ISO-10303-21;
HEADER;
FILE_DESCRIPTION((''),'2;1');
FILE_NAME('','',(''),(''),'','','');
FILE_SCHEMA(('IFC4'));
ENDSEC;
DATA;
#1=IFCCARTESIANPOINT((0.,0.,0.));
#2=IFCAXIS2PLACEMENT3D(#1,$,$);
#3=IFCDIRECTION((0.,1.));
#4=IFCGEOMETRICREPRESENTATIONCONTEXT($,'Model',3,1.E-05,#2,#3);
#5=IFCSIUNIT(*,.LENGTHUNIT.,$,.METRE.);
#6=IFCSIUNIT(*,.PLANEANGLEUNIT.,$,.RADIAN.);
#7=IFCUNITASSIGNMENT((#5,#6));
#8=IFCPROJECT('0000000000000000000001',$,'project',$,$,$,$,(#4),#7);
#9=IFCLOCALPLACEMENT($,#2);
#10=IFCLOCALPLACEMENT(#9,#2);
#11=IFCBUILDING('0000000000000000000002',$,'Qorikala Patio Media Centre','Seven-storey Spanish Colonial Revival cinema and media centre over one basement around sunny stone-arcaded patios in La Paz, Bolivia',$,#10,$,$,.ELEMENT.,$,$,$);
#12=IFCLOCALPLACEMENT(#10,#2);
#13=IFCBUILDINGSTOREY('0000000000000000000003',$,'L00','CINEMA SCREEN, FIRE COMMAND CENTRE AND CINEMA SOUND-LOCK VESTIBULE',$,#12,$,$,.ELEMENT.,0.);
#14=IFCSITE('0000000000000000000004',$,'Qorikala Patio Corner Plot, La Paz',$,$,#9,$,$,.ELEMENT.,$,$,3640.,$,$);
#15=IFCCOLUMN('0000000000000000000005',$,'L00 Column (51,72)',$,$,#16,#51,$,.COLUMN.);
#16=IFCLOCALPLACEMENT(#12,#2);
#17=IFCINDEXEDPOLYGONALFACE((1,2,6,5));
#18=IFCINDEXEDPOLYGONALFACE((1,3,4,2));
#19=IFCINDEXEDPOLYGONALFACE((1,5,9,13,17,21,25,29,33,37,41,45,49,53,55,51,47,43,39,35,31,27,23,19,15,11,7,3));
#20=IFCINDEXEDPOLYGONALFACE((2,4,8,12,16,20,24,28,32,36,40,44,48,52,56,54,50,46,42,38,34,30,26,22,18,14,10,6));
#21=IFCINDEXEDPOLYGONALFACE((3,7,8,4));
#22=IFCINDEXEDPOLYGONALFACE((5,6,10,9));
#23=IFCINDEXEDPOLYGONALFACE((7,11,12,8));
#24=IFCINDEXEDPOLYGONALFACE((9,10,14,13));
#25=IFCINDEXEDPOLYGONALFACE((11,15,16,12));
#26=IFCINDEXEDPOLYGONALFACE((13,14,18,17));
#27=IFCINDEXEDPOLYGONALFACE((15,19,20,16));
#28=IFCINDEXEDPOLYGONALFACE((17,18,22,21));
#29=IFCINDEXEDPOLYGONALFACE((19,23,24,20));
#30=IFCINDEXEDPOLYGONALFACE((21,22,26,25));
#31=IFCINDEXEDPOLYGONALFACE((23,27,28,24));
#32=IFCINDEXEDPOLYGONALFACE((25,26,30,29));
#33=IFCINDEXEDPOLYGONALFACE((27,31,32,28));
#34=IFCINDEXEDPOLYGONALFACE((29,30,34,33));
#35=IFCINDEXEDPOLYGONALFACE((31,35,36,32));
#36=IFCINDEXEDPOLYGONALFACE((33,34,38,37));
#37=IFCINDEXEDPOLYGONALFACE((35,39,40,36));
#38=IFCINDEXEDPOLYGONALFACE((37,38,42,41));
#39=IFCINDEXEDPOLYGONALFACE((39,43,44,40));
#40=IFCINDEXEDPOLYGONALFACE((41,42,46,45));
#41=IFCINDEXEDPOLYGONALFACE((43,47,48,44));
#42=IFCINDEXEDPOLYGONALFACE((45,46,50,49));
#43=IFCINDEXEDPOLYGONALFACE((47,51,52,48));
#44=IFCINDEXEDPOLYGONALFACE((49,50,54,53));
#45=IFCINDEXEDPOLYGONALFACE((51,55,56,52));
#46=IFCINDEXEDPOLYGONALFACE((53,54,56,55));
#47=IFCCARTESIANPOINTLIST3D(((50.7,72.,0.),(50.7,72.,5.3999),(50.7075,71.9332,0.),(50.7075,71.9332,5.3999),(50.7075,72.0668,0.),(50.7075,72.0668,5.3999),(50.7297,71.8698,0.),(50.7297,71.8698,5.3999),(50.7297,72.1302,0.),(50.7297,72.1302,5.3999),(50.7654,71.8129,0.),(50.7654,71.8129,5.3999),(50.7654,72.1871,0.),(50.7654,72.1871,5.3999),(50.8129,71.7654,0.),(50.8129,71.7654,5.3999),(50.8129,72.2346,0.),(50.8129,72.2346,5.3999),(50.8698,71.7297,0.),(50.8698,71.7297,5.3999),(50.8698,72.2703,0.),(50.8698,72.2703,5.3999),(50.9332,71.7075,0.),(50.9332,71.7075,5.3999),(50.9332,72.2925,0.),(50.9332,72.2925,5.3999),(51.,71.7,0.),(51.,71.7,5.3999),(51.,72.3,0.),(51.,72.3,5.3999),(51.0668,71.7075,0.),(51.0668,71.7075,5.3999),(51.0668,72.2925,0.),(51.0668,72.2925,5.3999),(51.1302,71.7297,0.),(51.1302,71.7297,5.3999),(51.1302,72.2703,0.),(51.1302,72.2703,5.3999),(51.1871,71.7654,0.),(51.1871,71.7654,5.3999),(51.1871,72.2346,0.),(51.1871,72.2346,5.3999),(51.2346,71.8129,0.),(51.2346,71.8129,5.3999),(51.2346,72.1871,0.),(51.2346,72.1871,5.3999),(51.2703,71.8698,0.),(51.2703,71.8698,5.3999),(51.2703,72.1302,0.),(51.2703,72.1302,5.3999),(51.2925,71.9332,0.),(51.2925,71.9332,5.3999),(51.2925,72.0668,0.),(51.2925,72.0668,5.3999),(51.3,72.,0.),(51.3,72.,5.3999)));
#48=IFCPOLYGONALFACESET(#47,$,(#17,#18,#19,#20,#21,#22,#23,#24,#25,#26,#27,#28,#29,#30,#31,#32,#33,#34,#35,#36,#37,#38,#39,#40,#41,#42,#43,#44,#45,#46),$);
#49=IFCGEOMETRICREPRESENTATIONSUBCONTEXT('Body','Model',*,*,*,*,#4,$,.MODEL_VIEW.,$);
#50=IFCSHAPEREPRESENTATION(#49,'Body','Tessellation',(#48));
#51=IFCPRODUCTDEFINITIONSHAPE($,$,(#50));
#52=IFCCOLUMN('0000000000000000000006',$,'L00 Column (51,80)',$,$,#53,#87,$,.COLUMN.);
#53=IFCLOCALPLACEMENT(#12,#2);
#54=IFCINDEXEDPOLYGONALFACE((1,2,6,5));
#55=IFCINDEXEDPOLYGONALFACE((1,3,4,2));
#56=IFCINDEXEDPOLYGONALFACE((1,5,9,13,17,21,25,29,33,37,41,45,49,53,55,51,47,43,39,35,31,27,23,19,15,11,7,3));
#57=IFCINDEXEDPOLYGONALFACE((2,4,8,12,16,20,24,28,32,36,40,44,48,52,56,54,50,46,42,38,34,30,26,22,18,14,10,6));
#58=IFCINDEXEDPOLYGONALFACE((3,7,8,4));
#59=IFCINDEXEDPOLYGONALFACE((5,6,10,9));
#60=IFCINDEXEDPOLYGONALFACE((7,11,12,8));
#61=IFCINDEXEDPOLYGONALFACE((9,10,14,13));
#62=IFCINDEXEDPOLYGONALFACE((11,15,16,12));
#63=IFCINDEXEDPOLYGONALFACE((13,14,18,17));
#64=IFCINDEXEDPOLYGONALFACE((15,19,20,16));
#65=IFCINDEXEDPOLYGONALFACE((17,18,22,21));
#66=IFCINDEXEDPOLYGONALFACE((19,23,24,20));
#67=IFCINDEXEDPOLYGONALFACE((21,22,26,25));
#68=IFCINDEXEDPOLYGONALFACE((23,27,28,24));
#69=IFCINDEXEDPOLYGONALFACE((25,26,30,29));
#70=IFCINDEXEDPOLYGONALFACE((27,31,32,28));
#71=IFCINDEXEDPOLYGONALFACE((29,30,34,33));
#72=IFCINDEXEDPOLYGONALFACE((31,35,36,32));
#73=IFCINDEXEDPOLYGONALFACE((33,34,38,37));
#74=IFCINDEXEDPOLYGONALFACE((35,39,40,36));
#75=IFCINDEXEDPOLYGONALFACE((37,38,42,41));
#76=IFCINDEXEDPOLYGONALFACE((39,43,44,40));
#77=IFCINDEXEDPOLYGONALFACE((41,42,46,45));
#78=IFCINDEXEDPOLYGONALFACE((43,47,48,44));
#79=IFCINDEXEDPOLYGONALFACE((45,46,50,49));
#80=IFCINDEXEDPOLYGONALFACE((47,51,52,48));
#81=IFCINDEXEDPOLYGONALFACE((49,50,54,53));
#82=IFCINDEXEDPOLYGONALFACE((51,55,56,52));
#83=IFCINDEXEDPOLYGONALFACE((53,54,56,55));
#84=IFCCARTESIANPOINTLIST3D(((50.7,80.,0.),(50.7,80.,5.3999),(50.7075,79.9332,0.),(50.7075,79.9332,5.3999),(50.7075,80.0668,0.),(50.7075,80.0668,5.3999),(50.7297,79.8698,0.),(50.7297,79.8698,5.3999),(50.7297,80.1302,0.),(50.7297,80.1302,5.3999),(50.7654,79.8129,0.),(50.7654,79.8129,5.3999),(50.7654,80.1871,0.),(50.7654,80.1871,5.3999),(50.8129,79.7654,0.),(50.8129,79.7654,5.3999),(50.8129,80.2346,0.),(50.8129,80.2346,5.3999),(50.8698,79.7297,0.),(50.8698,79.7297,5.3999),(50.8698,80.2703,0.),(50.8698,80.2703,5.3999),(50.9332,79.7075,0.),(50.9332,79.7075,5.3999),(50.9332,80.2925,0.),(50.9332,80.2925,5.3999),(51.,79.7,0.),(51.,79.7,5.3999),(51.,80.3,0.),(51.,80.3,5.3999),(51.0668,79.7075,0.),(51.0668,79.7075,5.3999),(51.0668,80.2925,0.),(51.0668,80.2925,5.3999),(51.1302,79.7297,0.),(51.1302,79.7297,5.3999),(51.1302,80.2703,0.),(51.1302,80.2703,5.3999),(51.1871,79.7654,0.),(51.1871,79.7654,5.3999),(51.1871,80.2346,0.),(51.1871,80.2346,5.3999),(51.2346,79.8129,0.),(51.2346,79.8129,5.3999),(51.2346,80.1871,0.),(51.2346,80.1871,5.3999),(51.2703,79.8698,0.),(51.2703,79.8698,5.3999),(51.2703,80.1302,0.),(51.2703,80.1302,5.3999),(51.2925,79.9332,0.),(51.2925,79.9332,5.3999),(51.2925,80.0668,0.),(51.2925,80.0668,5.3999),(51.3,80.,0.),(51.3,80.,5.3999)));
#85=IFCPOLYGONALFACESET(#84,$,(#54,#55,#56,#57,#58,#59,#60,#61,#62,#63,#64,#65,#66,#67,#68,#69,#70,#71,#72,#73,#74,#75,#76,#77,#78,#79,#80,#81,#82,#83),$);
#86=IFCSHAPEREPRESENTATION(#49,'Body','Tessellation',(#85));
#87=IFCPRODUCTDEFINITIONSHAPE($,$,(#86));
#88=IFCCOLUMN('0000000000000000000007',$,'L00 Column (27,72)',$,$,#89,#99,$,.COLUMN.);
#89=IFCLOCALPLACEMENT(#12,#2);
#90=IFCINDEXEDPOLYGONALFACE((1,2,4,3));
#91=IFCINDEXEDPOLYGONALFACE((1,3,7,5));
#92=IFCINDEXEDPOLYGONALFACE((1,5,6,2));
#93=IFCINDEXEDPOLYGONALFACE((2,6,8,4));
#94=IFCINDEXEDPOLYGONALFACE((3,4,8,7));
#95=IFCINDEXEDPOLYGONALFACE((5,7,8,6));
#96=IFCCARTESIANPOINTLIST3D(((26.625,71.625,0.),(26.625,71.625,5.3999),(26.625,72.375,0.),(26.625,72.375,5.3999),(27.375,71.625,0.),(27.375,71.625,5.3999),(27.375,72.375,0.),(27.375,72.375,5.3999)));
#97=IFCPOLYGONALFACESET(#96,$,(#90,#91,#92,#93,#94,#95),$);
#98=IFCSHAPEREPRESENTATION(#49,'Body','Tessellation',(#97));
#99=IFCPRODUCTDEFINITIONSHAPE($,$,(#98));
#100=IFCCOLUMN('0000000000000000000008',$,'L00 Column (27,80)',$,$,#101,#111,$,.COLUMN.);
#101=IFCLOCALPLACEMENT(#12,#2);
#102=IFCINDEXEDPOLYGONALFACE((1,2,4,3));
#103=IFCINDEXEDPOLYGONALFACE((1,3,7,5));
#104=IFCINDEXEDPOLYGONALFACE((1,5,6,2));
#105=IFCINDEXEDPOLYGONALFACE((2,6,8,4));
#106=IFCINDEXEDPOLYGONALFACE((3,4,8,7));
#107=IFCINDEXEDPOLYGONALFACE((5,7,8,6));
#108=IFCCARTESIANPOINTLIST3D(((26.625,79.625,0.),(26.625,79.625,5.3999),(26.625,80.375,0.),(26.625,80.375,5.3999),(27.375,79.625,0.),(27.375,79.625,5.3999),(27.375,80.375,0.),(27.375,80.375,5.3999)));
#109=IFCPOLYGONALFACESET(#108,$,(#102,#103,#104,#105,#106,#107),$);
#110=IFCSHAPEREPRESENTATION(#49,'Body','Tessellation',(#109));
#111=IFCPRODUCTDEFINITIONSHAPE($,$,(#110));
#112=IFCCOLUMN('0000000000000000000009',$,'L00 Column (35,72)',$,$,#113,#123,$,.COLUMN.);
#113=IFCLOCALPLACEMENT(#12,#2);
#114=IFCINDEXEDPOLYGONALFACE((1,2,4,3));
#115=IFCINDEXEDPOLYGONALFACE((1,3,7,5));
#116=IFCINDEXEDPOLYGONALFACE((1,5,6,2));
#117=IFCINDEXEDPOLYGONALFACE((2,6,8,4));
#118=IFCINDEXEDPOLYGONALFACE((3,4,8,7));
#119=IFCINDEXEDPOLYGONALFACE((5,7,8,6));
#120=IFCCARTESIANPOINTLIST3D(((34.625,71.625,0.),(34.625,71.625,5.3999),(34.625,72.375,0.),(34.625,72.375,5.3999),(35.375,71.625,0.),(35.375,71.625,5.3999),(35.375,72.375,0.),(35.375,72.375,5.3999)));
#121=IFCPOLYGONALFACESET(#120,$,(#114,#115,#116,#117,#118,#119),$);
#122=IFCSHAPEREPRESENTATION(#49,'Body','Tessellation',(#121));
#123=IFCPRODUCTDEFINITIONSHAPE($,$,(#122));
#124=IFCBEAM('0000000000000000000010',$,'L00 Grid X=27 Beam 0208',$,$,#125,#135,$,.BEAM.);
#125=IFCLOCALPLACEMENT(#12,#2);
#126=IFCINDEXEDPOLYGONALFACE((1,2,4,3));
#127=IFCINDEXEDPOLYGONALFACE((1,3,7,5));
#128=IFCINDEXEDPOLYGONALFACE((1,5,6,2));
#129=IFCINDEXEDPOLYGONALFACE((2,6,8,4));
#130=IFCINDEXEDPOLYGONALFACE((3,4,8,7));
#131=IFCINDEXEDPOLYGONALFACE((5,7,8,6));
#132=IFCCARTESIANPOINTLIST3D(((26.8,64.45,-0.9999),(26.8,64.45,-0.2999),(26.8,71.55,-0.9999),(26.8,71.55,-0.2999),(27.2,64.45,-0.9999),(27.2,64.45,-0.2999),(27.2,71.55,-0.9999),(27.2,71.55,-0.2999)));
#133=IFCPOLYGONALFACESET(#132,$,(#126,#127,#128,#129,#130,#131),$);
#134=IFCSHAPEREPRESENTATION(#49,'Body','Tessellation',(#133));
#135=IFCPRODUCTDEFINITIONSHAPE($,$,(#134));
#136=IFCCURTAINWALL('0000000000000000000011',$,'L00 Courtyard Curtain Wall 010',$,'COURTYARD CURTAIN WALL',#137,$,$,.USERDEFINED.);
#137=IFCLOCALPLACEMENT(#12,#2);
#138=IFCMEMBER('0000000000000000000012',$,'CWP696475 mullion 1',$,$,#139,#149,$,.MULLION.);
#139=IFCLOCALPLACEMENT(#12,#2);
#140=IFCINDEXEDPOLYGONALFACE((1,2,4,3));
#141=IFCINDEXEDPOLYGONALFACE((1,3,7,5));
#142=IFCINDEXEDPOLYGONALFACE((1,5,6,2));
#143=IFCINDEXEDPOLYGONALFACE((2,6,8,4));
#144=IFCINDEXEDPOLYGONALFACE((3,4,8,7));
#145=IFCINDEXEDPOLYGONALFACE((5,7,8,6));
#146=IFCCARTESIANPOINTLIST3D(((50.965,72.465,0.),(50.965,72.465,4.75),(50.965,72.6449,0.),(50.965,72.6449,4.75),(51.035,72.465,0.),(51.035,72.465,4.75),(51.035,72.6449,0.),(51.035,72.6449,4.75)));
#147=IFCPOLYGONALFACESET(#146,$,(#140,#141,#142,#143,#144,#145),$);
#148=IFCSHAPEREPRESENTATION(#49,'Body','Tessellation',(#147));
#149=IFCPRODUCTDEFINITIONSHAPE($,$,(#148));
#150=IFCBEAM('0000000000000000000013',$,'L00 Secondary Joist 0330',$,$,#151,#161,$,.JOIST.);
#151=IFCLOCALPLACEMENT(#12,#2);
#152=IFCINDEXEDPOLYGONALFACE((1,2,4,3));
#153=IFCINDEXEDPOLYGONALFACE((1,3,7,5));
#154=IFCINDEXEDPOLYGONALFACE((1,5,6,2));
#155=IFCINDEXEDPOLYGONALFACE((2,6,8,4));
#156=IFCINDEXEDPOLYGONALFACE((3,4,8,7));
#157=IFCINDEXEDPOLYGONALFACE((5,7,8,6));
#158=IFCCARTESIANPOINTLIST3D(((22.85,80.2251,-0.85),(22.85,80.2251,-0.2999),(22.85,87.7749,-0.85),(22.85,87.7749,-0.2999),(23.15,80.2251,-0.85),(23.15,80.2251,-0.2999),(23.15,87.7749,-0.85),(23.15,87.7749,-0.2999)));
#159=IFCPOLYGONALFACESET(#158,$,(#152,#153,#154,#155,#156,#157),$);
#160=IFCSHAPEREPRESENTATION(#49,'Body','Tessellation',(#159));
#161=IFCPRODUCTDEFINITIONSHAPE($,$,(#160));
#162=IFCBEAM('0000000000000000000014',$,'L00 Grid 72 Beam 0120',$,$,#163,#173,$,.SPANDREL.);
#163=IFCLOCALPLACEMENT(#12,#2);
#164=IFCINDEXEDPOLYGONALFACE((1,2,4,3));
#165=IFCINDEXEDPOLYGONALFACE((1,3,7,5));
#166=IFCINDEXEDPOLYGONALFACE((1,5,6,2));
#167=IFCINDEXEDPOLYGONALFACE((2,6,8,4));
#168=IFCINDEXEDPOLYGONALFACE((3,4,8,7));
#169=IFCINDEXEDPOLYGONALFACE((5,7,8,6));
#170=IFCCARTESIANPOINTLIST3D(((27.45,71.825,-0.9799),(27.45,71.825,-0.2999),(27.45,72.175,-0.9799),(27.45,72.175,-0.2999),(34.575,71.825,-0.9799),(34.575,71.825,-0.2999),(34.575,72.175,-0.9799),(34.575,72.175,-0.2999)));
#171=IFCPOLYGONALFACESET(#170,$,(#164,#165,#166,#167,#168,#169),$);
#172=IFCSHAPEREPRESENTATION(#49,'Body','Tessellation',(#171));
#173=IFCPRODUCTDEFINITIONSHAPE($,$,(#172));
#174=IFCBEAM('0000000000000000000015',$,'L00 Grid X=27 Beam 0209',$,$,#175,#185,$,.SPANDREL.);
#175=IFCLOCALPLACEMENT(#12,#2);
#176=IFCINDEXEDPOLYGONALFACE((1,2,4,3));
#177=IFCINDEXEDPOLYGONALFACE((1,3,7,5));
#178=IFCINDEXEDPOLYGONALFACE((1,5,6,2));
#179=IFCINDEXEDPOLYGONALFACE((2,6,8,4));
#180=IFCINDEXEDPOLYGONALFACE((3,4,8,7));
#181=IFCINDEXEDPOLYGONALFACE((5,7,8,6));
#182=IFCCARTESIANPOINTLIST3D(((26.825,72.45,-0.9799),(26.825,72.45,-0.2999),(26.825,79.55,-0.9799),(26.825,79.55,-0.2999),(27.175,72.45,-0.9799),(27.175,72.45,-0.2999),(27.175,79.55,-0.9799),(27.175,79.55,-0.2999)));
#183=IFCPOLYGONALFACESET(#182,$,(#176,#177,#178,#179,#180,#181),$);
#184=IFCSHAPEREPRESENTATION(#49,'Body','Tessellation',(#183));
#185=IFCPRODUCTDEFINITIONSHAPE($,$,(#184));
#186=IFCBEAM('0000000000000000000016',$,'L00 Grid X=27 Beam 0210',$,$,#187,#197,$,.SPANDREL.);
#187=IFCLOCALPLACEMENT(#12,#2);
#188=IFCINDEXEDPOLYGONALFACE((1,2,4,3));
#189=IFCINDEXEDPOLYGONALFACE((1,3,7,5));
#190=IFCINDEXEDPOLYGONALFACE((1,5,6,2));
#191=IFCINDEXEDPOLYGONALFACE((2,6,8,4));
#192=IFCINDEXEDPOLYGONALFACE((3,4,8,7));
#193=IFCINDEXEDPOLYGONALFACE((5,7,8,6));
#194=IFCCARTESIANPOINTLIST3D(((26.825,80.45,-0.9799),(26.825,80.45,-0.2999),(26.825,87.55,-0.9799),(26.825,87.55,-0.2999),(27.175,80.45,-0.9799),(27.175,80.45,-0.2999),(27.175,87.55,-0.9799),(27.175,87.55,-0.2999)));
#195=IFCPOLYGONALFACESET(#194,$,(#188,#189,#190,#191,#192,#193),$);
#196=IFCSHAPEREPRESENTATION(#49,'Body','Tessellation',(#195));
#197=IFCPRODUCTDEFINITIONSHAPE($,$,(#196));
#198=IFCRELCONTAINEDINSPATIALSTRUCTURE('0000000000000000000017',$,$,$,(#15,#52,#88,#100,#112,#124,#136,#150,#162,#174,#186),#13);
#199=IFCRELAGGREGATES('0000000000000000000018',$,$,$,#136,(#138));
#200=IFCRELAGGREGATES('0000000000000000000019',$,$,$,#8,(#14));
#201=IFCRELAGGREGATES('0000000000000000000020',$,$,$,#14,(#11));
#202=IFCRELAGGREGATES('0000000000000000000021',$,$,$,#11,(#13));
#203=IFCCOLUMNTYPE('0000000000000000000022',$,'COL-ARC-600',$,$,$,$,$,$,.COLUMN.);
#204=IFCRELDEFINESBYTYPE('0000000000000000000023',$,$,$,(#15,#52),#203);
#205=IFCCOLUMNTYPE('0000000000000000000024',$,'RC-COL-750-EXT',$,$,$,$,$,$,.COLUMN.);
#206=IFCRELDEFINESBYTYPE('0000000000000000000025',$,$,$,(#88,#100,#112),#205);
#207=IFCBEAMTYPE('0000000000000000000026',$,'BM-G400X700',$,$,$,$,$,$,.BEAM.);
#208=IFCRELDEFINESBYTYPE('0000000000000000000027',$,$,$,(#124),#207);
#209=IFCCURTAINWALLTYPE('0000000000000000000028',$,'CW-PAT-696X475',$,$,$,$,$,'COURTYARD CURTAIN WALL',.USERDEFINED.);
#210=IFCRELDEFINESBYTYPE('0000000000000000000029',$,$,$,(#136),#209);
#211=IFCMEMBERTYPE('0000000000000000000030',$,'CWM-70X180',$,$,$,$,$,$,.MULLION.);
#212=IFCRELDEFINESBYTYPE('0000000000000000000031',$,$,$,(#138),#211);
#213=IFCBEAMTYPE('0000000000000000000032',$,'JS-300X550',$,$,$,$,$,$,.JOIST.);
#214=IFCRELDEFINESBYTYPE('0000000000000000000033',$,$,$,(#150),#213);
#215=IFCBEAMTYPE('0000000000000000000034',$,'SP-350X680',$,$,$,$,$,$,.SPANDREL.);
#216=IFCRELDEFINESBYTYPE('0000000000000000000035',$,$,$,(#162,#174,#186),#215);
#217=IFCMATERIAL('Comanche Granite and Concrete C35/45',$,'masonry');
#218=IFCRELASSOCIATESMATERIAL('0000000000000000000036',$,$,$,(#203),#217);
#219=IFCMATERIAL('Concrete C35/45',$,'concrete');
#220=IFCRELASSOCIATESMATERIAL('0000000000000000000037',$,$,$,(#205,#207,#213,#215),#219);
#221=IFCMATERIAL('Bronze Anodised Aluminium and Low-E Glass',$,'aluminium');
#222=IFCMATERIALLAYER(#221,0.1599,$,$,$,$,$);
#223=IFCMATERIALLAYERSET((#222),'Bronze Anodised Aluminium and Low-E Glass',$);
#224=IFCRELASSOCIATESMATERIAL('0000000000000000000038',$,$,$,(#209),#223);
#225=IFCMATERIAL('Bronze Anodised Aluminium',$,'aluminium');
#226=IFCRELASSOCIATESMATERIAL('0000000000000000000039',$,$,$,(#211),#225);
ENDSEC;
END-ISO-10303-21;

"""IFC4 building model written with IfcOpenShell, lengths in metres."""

from ifc_helpers import new_model, si_unit, direction, frame, origin, origin_2d, place, context, subcontext, project, spatial, rectangle, circle, extrude, material, layer, layer_set, material_profile, profile_set, type_object, element, aggregate, save


model = new_model("IFC4")

# Units and contexts
model_context = context("Model", 3, precision=1e-05, world=origin(), true_north=direction((0.0, 1.0)))
body_context = subcontext(model_context, "Body", "Model", "MODEL_VIEW")
ifc_project = project(units=[si_unit("LENGTHUNIT", "METRE"), si_unit("PLANEANGLEUNIT", "RADIAN")], contexts=[model_context])

# Site, building, storey
site_placement = place(None, origin())
site = spatial("IfcSite", under=ifc_project, at=site_placement, Name="Qorikala Patio Corner Plot, La Paz", CompositionType="ELEMENT", RefElevation=3640.0)
building_placement = place(site_placement, origin())
building = spatial("IfcBuilding", under=site, at=building_placement, Name="Qorikala Patio Media Centre", Description="Seven-storey Spanish Colonial Revival cinema and media centre over one basement around sunny stone-arcaded patios in La Paz, Bolivia", CompositionType="ELEMENT")
storey_placement = place(building_placement, origin())
storey = spatial("IfcBuildingStorey", under=building, at=storey_placement, Name="L00", Description="CINEMA SCREEN, FIRE COMMAND CENTRE AND CINEMA SOUND-LOCK VESTIBULE", CompositionType="ELEMENT", Elevation=0.0)

# Columns
ifc_material_1 = material(Name="Comanche Granite and Concrete C35/45", Category="masonry")
ifc_material_profile_1 = material_profile(ifc_material_1, circle(Radius=0.3, at=origin_2d()), Name="STONE COL D600")
ifc_profile_set_1 = profile_set([ifc_material_profile_1], Name="Comanche Granite and Concrete C35/45")
column_type_1 = type_object("IfcColumnType", Name="COL-ARC-600", PredefinedType="COLUMN", material=ifc_profile_set_1)
for number, where, z_axis, x_axis, name in (
    (1, (51.0, 72.0, 0.0), (0.0, 0.0, 1.0), (1.0, 0.0, 0.0), "L00 Column (51,72)"),
    (2, (51.0, 80.0, 0.0), (0.0, 0.0, 1.0), (1.0, 0.0, 0.0), "L00 Column (51,80)"),
):
    element("IfcColumn", number, at=place(storey_placement, frame(where, z_axis=z_axis, x_axis=x_axis)), inside=storey, type_object=column_type_1, Name=name, PredefinedType="COLUMN", context=body_context, shape_type="SweptSolid", body=[
        extrude(circle(Radius=0.3, at=origin_2d()), origin(), (0.0, 0.0, 1.0), 5.3999),
    ])
ifc_material_2 = material(Name="Concrete C35/45", Category="concrete")
ifc_material_profile_2 = material_profile(ifc_material_2, rectangle(XDim=0.75, YDim=0.75, at=origin_2d()), Name="RC 750x750")
ifc_profile_set_2 = profile_set([ifc_material_profile_2], Name="Concrete C35/45")
column_type_2 = type_object("IfcColumnType", Name="RC-COL-750-EXT", PredefinedType="COLUMN", material=ifc_profile_set_2)
for number, where, z_axis, x_axis, name in (
    (3, (27.0, 72.0, 0.0), (0.0, 0.0, 1.0), (1.0, 0.0, 0.0), "L00 Column (27,72)"),
    (4, (27.0, 80.0, 0.0), (0.0, 0.0, 1.0), (1.0, 0.0, 0.0), "L00 Column (27,80)"),
    (5, (35.0, 72.0, 0.0), (0.0, 0.0, 1.0), (1.0, 0.0, 0.0), "L00 Column (35,72)"),
):
    element("IfcColumn", number, at=place(storey_placement, frame(where, z_axis=z_axis, x_axis=x_axis)), inside=storey, type_object=column_type_2, Name=name, PredefinedType="COLUMN", context=body_context, shape_type="SweptSolid", body=[
        extrude(rectangle(XDim=0.75, YDim=0.75, at=origin_2d()), origin(), (0.0, 0.0, 1.0), 5.3999),
    ])

# Beam
ifc_material_profile_3 = material_profile(ifc_material_2, rectangle(XDim=0.3999, YDim=0.7, at=origin_2d()), Name="RC 400x700")
ifc_profile_set_3 = profile_set([ifc_material_profile_3], Name="Concrete C35/45")
beam_type_1 = type_object("IfcBeamType", Name="BM-G400X700", PredefinedType="BEAM", material=ifc_profile_set_3)
beam_1_placement = place(storey_placement, frame((27.0, 64.45, -0.6499), z_axis=(0.0, 1.0, 0.0), x_axis=(-1.0, 0.0, 0.0)))
element("IfcBeam", 6, at=beam_1_placement, inside=storey, type_object=beam_type_1, Name="L00 Grid X=27 Beam 0208", PredefinedType="BEAM", context=body_context, shape_type="SweptSolid", body=[
    extrude(rectangle(XDim=0.3999, YDim=0.7, at=origin_2d()), origin(), (0.0, 0.0, 1.0), 7.1001),
])

# Curtain wall, member
ifc_material_3 = material(Name="Bronze Anodised Aluminium and Low-E Glass", Category="aluminium")
ifc_layer_1 = layer(ifc_material_3, 0.1599)
ifc_layer_set_1 = layer_set([ifc_layer_1], Name="Bronze Anodised Aluminium and Low-E Glass")
curtain_wall_type = type_object("IfcCurtainWallType", Name="CW-PAT-696X475", ElementType="COURTYARD CURTAIN WALL", PredefinedType="USERDEFINED", material=ifc_layer_set_1)
curtain_wall_placement = place(storey_placement, origin())
curtain_wall = element("IfcCurtainWall", 7, at=curtain_wall_placement, inside=storey, type_object=curtain_wall_type, Name="L00 Courtyard Curtain Wall 010", ObjectType="COURTYARD CURTAIN WALL", PredefinedType="USERDEFINED")
ifc_material_4 = material(Name="Bronze Anodised Aluminium", Category="aluminium")
ifc_material_profile_4 = material_profile(ifc_material_4, rectangle(XDim=0.0701, YDim=0.1799, at=origin_2d()), Name="ALU MULLION 70x180")
ifc_profile_set_4 = profile_set([ifc_material_profile_4], Name="Bronze Anodised Aluminium")
member_type = type_object("IfcMemberType", Name="CWM-70X180", PredefinedType="MULLION", material=ifc_profile_set_4)
member_placement = place(storey_placement, frame((51.0, 72.5549, 0.0), z_axis=(0.0, 0.0, 1.0), x_axis=(-1.0, 0.0, 0.0)))
member = element("IfcMember", 8, at=member_placement, type_object=member_type, Name="CWP696475 mullion 1", PredefinedType="MULLION", context=body_context, shape_type="SweptSolid", body=[
    extrude(rectangle(XDim=0.0701, YDim=0.1799, at=origin_2d()), origin(), (0.0, 0.0, 1.0), 4.75),
])
aggregate(curtain_wall, [member])

# Beams
ifc_material_profile_5 = material_profile(ifc_material_2, rectangle(XDim=0.3, YDim=0.55, at=origin_2d()), Name="RC 300x550")
ifc_profile_set_5 = profile_set([ifc_material_profile_5], Name="Concrete C35/45")
beam_type_2 = type_object("IfcBeamType", Name="JS-300X550", PredefinedType="JOIST", material=ifc_profile_set_5)
beam_2_placement = place(storey_placement, frame((23.0, 80.2251, -0.575), z_axis=(0.0, 1.0, 0.0), x_axis=(-1.0, 0.0, 0.0)))
element("IfcBeam", 9, at=beam_2_placement, inside=storey, type_object=beam_type_2, Name="L00 Secondary Joist 0330", PredefinedType="JOIST", context=body_context, shape_type="SweptSolid", body=[
    extrude(rectangle(XDim=0.3, YDim=0.55, at=origin_2d()), origin(), (0.0, 0.0, 1.0), 7.5498),
])
ifc_material_profile_6 = material_profile(ifc_material_2, rectangle(XDim=0.3501, YDim=0.6799, at=origin_2d()), Name="RC 350x680")
ifc_profile_set_6 = profile_set([ifc_material_profile_6], Name="Concrete C35/45")
beam_type_3 = type_object("IfcBeamType", Name="SP-350X680", PredefinedType="SPANDREL", material=ifc_profile_set_6)
beam_3_placement = place(storey_placement, frame((27.45, 72.0, -0.6399), z_axis=(1.0, 0.0, 0.0), x_axis=(0.0, 1.0, 0.0)))
element("IfcBeam", 10, at=beam_3_placement, inside=storey, type_object=beam_type_3, Name="L00 Grid 72 Beam 0120", PredefinedType="SPANDREL", context=body_context, shape_type="SweptSolid", body=[
    extrude(rectangle(XDim=0.3501, YDim=0.6799, at=origin_2d()), origin(), (0.0, 0.0, 1.0), 7.125),
])
for number, where, z_axis, x_axis, name in (
    (11, (27.0, 72.45, -0.6399), (0.0, 1.0, 0.0), (-1.0, 0.0, 0.0), "L00 Grid X=27 Beam 0209"),
    (12, (27.0, 80.45, -0.6399), (0.0, 1.0, 0.0), (-1.0, 0.0, 0.0), "L00 Grid X=27 Beam 0210"),
):
    element("IfcBeam", number, at=place(storey_placement, frame(where, z_axis=z_axis, x_axis=x_axis)), inside=storey, type_object=beam_type_3, Name=name, PredefinedType="SPANDREL", context=body_context, shape_type="SweptSolid", body=[
        extrude(rectangle(XDim=0.3501, YDim=0.6799, at=origin_2d()), origin(), (0.0, 0.0, 1.0), 7.1001),
    ])

save(model, "model.ifc")
